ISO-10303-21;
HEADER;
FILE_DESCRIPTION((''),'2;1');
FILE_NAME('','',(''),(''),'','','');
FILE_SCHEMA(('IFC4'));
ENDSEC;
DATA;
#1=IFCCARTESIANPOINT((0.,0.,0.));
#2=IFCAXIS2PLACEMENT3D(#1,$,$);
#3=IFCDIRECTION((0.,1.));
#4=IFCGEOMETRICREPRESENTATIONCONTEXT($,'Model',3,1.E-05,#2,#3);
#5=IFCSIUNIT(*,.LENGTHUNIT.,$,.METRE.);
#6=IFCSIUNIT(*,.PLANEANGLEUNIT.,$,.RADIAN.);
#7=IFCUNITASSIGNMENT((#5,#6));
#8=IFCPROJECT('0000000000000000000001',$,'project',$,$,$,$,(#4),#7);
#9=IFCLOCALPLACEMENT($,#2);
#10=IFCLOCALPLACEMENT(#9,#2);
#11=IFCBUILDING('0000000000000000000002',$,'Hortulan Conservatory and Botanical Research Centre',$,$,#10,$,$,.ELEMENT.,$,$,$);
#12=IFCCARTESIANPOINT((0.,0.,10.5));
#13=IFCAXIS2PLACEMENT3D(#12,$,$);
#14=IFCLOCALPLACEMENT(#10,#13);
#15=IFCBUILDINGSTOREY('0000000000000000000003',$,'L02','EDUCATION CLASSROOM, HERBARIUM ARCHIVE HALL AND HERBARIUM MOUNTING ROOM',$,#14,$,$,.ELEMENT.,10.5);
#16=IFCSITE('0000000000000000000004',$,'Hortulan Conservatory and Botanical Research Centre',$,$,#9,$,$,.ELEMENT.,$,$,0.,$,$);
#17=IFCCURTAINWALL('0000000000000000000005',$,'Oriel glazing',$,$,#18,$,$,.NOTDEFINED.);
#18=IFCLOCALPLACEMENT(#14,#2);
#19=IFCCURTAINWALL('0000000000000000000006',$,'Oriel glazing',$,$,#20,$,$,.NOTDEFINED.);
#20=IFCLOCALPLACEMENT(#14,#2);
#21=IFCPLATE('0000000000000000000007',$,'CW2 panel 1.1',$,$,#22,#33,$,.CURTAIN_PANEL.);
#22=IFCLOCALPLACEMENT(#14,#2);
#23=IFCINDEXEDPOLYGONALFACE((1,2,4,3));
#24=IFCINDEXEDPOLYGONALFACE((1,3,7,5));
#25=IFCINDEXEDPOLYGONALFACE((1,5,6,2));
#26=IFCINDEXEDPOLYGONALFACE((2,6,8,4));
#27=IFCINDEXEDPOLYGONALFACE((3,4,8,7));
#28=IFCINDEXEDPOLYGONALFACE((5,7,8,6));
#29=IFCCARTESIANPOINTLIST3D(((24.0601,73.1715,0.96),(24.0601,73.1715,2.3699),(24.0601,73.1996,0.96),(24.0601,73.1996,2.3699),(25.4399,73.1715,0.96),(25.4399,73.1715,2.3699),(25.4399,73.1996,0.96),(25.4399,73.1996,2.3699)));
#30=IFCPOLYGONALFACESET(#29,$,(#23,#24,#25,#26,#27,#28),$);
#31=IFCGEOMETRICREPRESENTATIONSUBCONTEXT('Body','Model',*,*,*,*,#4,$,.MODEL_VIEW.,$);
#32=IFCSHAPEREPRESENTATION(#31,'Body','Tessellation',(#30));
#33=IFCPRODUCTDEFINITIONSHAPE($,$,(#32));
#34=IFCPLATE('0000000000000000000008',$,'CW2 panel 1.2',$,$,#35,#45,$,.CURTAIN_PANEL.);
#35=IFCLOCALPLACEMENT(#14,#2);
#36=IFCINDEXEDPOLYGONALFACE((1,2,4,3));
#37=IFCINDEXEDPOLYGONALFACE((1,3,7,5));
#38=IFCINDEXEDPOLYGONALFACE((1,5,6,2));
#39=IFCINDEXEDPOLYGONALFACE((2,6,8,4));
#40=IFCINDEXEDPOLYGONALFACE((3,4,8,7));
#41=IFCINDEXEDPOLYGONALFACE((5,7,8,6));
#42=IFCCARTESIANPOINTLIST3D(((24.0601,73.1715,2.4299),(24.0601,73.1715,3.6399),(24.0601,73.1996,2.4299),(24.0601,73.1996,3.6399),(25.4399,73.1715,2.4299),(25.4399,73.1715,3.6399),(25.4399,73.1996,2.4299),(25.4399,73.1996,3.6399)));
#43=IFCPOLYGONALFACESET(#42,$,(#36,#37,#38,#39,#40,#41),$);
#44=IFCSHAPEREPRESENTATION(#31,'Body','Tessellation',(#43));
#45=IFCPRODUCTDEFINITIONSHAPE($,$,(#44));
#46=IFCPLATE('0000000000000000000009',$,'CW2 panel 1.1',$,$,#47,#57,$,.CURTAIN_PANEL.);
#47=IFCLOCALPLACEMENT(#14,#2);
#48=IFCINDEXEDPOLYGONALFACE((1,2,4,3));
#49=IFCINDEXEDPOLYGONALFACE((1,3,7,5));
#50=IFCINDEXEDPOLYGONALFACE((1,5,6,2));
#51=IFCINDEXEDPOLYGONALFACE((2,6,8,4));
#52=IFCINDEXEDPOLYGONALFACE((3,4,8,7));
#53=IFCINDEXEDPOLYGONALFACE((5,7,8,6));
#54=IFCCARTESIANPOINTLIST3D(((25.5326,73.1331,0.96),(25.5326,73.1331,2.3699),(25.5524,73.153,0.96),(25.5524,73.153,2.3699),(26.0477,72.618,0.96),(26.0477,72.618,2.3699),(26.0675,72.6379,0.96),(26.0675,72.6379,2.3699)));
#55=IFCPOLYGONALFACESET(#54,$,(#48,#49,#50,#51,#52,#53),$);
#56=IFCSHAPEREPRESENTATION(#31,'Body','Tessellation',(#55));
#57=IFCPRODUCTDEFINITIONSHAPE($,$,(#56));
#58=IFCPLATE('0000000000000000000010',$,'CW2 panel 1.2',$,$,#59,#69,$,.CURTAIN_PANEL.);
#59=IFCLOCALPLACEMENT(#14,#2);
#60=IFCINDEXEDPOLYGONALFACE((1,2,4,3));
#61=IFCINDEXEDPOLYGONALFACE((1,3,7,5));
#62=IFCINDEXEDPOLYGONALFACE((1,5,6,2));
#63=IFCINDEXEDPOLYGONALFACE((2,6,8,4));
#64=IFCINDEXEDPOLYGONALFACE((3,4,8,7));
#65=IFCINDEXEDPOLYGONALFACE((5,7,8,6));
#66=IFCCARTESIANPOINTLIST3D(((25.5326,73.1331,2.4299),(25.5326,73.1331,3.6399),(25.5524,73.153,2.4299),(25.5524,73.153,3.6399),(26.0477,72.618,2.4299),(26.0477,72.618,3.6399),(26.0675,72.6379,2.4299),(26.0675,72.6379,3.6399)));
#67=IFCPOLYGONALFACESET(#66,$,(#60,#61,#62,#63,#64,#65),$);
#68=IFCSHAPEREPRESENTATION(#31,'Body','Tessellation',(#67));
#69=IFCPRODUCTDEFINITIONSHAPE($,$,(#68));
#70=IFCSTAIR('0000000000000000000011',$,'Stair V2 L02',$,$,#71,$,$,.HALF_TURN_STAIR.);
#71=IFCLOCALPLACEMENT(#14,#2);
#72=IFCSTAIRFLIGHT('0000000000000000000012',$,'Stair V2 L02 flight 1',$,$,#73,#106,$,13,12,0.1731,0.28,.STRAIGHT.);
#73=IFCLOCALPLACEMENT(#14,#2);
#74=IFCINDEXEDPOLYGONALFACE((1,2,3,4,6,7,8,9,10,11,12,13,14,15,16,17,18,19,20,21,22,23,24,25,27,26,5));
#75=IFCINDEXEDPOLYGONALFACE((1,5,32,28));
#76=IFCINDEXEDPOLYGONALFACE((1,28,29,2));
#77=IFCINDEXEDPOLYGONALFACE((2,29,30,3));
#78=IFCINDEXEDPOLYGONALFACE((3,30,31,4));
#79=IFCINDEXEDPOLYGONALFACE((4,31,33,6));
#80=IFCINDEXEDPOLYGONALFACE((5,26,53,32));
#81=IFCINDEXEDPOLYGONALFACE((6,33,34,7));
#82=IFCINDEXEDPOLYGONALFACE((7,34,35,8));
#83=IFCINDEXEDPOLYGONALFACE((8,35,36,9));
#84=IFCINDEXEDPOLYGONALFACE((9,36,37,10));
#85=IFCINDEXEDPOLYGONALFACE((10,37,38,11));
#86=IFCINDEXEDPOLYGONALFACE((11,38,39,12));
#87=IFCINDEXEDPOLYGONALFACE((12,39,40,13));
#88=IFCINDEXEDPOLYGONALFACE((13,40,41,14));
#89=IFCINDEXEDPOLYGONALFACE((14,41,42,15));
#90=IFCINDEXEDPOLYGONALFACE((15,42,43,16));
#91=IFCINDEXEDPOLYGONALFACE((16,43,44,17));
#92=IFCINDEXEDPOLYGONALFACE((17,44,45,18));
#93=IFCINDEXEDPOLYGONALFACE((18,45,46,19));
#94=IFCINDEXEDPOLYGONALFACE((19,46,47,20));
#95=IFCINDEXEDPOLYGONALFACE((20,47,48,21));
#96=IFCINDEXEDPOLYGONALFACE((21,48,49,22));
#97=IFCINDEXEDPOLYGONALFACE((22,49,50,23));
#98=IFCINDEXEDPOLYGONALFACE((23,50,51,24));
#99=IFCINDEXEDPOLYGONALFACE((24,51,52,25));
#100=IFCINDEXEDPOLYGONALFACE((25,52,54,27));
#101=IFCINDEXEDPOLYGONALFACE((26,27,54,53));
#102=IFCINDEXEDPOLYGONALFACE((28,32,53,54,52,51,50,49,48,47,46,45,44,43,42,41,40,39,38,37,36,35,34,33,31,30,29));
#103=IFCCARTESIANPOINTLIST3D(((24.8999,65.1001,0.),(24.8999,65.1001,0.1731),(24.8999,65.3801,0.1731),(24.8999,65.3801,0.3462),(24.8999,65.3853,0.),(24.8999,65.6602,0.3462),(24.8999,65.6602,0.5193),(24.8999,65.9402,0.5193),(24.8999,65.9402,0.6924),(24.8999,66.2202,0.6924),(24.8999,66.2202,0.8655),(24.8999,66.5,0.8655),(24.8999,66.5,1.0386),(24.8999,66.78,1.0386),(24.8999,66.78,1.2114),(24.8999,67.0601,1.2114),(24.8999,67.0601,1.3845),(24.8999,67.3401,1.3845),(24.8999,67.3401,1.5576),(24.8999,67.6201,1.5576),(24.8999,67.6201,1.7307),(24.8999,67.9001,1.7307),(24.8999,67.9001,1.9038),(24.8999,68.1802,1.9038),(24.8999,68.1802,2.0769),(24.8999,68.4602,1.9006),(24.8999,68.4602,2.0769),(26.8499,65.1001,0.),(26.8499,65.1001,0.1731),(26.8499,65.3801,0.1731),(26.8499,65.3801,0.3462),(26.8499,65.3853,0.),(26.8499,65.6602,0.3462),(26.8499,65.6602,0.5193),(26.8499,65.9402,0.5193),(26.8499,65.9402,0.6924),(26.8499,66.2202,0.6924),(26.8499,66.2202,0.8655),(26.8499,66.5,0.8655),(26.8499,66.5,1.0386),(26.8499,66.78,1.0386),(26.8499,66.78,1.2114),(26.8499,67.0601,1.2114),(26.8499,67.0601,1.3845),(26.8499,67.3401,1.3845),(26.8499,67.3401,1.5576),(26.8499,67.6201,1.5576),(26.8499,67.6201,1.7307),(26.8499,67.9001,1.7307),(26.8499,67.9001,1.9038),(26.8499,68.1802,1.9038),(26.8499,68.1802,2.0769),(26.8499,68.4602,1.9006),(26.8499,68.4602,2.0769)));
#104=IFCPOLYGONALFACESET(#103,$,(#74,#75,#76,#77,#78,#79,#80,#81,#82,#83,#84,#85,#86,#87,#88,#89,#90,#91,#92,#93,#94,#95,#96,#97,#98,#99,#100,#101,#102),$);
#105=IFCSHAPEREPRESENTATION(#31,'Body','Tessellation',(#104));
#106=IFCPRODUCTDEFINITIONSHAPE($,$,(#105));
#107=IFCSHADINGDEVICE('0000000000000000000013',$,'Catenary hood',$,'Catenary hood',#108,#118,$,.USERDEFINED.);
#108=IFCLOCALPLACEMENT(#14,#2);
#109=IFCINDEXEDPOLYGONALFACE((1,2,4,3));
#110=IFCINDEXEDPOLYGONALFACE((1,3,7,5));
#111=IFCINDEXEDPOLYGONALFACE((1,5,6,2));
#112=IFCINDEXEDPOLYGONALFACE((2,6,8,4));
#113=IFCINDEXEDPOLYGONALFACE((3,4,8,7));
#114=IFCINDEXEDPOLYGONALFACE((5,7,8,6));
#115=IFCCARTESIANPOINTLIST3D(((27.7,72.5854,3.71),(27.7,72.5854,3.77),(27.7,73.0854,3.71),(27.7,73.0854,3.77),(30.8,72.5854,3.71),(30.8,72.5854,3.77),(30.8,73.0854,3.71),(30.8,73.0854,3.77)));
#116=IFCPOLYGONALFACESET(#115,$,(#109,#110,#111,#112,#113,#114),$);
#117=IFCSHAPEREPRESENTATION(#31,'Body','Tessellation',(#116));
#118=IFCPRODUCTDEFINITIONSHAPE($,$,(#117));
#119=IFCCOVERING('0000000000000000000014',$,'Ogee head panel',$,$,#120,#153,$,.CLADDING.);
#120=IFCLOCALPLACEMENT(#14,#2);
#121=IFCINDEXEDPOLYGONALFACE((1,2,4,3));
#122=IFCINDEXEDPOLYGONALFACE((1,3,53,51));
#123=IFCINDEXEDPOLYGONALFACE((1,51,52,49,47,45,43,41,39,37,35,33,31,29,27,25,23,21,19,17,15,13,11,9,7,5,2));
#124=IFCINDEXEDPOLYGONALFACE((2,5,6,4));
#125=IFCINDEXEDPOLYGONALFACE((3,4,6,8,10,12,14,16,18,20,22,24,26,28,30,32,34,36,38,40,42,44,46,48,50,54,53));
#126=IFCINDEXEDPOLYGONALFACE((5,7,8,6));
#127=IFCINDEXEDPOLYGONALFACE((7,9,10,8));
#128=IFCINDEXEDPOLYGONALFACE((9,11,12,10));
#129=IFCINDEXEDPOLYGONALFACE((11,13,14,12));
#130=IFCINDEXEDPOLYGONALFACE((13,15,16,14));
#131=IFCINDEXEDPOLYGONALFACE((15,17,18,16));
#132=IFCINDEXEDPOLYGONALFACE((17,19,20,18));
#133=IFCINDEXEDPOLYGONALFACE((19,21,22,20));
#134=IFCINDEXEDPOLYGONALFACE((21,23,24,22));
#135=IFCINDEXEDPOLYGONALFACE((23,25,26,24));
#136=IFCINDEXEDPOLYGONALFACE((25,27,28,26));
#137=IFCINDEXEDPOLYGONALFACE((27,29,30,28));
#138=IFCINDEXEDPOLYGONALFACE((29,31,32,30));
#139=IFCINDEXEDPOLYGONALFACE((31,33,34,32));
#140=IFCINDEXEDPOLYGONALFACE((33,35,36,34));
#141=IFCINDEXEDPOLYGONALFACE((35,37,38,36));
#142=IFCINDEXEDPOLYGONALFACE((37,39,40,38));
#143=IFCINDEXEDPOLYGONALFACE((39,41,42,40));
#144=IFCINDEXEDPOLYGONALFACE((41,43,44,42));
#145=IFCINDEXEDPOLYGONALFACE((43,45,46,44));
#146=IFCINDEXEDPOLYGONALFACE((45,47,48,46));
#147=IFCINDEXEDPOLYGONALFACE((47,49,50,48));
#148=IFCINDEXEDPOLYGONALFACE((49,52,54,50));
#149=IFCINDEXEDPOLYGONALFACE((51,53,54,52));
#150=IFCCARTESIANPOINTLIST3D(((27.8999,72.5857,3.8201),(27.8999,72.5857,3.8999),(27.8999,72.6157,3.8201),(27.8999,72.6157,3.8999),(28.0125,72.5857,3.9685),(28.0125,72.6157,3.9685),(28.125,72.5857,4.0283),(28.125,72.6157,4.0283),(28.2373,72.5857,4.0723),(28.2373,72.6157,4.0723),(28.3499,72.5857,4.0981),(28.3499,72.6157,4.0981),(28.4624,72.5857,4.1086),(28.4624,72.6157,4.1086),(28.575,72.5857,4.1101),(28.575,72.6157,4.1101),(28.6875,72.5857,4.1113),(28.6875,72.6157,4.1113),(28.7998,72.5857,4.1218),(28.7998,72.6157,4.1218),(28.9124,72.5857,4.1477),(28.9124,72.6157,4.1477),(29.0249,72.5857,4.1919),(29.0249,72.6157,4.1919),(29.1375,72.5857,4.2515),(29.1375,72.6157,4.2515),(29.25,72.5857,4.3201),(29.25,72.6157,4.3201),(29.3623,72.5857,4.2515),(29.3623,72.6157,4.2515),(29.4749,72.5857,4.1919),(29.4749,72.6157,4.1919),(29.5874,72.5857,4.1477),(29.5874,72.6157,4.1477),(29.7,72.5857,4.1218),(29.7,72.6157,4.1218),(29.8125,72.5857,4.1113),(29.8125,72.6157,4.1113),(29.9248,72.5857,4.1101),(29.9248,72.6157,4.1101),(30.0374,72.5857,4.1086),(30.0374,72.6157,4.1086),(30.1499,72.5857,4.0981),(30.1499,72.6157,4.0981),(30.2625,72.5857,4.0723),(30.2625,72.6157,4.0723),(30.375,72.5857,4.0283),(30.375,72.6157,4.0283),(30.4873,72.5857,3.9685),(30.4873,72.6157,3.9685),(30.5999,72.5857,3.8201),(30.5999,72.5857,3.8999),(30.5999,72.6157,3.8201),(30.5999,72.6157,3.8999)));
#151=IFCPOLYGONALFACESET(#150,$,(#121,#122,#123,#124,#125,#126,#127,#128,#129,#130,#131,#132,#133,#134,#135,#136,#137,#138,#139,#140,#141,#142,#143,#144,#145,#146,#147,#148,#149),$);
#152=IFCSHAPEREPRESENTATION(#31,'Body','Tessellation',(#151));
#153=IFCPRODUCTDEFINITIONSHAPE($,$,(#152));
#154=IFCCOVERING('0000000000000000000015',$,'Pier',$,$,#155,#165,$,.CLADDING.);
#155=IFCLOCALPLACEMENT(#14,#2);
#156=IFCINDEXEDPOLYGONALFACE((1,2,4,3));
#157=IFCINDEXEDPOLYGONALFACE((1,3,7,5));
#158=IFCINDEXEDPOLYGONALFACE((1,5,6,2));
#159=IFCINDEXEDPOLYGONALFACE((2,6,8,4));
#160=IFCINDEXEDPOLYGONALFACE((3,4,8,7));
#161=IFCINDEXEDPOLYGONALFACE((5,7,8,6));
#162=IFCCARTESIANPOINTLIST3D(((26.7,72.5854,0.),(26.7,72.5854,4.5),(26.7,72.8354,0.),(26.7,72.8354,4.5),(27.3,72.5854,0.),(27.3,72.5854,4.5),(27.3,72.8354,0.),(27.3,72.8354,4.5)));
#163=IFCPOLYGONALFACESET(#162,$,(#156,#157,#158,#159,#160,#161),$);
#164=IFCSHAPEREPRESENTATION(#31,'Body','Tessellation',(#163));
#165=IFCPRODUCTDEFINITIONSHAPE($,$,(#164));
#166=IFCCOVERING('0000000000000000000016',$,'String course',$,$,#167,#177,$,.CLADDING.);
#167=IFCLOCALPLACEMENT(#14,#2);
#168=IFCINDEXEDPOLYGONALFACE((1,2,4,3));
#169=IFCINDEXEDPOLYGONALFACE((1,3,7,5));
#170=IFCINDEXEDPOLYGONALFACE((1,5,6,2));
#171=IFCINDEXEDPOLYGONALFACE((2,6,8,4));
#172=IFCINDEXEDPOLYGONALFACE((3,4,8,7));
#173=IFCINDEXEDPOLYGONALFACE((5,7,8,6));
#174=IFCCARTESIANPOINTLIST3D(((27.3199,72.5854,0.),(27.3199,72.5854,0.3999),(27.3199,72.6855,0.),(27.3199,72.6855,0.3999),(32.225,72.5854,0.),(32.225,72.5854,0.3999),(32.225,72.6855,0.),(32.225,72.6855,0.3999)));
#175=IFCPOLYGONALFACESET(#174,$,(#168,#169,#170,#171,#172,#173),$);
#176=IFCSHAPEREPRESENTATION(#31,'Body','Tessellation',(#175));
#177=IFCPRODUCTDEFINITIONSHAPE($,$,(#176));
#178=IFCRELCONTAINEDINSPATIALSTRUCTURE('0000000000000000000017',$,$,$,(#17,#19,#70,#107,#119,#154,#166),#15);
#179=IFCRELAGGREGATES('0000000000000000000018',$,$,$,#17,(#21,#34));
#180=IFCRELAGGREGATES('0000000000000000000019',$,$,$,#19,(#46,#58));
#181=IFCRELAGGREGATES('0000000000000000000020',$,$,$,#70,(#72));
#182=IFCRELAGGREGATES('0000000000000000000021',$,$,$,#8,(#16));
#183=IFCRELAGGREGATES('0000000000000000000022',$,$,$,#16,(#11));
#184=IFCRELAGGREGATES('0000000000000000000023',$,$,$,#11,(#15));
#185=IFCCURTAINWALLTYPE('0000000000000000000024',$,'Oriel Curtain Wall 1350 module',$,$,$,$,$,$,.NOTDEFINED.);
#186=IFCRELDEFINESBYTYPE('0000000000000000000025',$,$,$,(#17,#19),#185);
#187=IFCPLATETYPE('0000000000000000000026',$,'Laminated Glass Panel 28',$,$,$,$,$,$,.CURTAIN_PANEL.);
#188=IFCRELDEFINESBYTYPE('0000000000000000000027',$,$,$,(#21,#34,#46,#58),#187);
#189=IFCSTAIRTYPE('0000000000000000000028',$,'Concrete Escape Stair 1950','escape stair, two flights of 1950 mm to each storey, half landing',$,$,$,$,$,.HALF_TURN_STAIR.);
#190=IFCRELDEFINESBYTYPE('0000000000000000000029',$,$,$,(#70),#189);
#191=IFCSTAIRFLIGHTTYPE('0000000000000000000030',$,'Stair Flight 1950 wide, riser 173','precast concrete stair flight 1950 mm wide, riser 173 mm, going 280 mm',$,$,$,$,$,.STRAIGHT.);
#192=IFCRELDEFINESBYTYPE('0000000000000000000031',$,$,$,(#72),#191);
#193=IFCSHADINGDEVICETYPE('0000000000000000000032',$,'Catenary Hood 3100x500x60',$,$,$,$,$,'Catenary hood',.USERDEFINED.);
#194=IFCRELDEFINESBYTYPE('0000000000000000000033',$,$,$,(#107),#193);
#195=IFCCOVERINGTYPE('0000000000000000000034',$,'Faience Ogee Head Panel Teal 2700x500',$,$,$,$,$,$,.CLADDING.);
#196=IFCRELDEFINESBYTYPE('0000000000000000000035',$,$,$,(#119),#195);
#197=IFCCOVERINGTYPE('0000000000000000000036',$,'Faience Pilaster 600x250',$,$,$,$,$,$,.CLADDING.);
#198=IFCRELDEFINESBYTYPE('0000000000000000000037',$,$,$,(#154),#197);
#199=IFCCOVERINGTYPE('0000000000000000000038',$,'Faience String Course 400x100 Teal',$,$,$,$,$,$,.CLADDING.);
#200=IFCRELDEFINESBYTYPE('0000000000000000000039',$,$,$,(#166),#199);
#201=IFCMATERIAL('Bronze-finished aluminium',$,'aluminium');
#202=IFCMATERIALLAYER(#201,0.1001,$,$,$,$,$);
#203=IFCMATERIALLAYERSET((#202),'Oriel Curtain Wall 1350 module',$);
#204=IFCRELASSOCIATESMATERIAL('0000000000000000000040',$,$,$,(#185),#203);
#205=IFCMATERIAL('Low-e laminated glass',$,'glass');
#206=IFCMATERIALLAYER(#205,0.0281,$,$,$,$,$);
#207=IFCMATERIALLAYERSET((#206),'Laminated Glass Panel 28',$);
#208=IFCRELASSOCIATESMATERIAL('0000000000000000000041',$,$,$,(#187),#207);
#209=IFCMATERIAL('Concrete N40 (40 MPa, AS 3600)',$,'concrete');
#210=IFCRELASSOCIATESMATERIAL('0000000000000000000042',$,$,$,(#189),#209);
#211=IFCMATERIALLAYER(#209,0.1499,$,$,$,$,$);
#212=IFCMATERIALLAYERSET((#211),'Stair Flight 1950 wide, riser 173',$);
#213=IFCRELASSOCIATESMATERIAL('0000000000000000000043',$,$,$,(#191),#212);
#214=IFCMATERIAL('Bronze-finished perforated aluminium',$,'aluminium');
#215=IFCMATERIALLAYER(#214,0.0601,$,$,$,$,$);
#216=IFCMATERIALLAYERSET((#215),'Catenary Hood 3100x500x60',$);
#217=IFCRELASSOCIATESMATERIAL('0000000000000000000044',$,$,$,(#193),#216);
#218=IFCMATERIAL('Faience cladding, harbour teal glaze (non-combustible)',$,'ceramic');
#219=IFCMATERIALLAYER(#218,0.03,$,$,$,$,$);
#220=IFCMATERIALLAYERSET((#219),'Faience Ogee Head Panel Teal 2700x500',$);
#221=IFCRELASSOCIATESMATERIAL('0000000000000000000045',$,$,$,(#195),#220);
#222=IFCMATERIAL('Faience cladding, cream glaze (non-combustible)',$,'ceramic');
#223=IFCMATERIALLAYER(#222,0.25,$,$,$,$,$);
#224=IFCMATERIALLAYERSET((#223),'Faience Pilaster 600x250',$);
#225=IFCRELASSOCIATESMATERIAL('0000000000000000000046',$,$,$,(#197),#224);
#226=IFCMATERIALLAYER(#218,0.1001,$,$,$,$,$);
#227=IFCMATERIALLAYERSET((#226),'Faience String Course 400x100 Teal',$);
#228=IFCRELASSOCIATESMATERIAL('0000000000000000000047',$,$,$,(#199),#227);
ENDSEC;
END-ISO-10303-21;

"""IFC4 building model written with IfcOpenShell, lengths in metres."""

from ifc_helpers import new_model, si_unit, direction, frame, origin, origin_2d, place, context, subcontext, project, spatial, polyline, rectangle, outline, extrude, material, layer, layer_set, type_object, element, aggregate, save


model = new_model("IFC4")

# Units and contexts
model_context = context("Model", 3, precision=1e-05, world=origin(), true_north=direction((0.0, 1.0)))
body_context = subcontext(model_context, "Body", "Model", "MODEL_VIEW")
ifc_project = project(units=[si_unit("LENGTHUNIT", "METRE"), si_unit("PLANEANGLEUNIT", "RADIAN")], contexts=[model_context])

# Site, building, storey
site_placement = place(None, origin())
site = spatial("IfcSite", under=ifc_project, at=site_placement, Name="Hortulan Conservatory and Botanical Research Centre", CompositionType="ELEMENT", RefElevation=0.0)
building_placement = place(site_placement, origin())
building = spatial("IfcBuilding", under=site, at=building_placement, Name="Hortulan Conservatory and Botanical Research Centre", CompositionType="ELEMENT")
storey_placement = place(building_placement, frame((0.0, 0.0, 10.5)))
storey = spatial("IfcBuildingStorey", under=building, at=storey_placement, Name="L02", Description="EDUCATION CLASSROOM, HERBARIUM ARCHIVE HALL AND HERBARIUM MOUNTING ROOM", CompositionType="ELEMENT", Elevation=10.5)

# Curtain wall
ifc_material_1 = material(Name="Bronze-finished aluminium", Category="aluminium")
ifc_layer_1 = layer(ifc_material_1, 0.1001)
ifc_layer_set_1 = layer_set([ifc_layer_1], Name="Oriel Curtain Wall 1350 module")
curtain_wall_type = type_object("IfcCurtainWallType", Name="Oriel Curtain Wall 1350 module", PredefinedType="NOTDEFINED", material=ifc_layer_set_1)
curtain_wall_1_placement = place(storey_placement, origin())
curtain_wall_1 = element("IfcCurtainWall", 1, at=curtain_wall_1_placement, inside=storey, type_object=curtain_wall_type, Name="Oriel glazing", PredefinedType="NOTDEFINED")

# Curtain wall
curtain_wall_2_placement = place(storey_placement, origin())
curtain_wall_2 = element("IfcCurtainWall", 2, at=curtain_wall_2_placement, inside=storey, type_object=curtain_wall_type, Name="Oriel glazing", PredefinedType="NOTDEFINED")

# Plates
ifc_material_2 = material(Name="Low-e laminated glass", Category="glass")
ifc_layer_2 = layer(ifc_material_2, 0.0281)
ifc_layer_set_2 = layer_set([ifc_layer_2], Name="Laminated Glass Panel 28")
plate_type = type_object("IfcPlateType", Name="Laminated Glass Panel 28", PredefinedType="CURTAIN_PANEL", material=ifc_layer_set_2)
plate_1_placement = place(storey_placement, frame((24.75, 73.1855, 0.96), z_axis=(0.0, 0.0, 1.0), x_axis=(1.0, 0.0, 0.0)))
plate_1 = element("IfcPlate", 3, at=plate_1_placement, type_object=plate_type, Name="CW2 panel 1.1", PredefinedType="CURTAIN_PANEL", context=body_context, shape_type="SweptSolid", body=[
    extrude(rectangle(XDim=1.3799, YDim=0.0281, at=origin_2d()), origin(), (0.0, 0.0, 1.0), 1.4099),
])
plate_2_placement = place(storey_placement, frame((24.75, 73.1855, 2.4299), z_axis=(0.0, 0.0, 1.0), x_axis=(1.0, 0.0, 0.0)))
plate_2 = element("IfcPlate", 4, at=plate_2_placement, type_object=plate_type, Name="CW2 panel 1.2", PredefinedType="CURTAIN_PANEL", context=body_context, shape_type="SweptSolid", body=[
    extrude(rectangle(XDim=1.3799, YDim=0.0281, at=origin_2d()), origin(), (0.0, 0.0, 1.0), 1.21),
])
aggregate(curtain_wall_1, [plate_1, plate_2])
plate_3_placement = place(storey_placement, frame((25.8, 72.8855, 0.96), z_axis=(0.0, 0.0, 1.0), x_axis=(0.707107, -0.707107, 0.0)))
plate_3 = element("IfcPlate", 5, at=plate_3_placement, type_object=plate_type, Name="CW2 panel 1.1", PredefinedType="CURTAIN_PANEL", context=body_context, shape_type="SweptSolid", body=[
    extrude(rectangle(XDim=0.7285, YDim=0.0281, at=origin_2d()), origin(), (0.0, 0.0, 1.0), 1.4099),
])
plate_4_placement = place(storey_placement, frame((25.8, 72.8855, 2.4299), z_axis=(0.0, 0.0, 1.0), x_axis=(0.707107, -0.707107, 0.0)))
plate_4 = element("IfcPlate", 6, at=plate_4_placement, type_object=plate_type, Name="CW2 panel 1.2", PredefinedType="CURTAIN_PANEL", context=body_context, shape_type="SweptSolid", body=[
    extrude(rectangle(XDim=0.7285, YDim=0.0281, at=origin_2d()), origin(), (0.0, 0.0, 1.0), 1.21),
])
aggregate(curtain_wall_2, [plate_3, plate_4])

# Stair, stair flight
ifc_material_3 = material(Name="Concrete N40 (40 MPa, AS 3600)", Category="concrete")
stair_type = type_object("IfcStairType", Name="Concrete Escape Stair 1950", Description="escape stair, two flights of 1950 mm to each storey, half landing", PredefinedType="HALF_TURN_STAIR", material=ifc_material_3)
stair_placement = place(storey_placement, origin())
stair = element("IfcStair", 7, at=stair_placement, inside=storey, type_object=stair_type, Name="Stair V2 L02", PredefinedType="HALF_TURN_STAIR")
ifc_layer_3 = layer(ifc_material_3, 0.1499)
ifc_layer_set_3 = layer_set([ifc_layer_3], Name="Stair Flight 1950 wide, riser 173")
stair_flight_type = type_object("IfcStairFlightType", Name="Stair Flight 1950 wide, riser 173", Description="precast concrete stair flight 1950 mm wide, riser 173 mm, going 280 mm", PredefinedType="STRAIGHT", material=ifc_layer_set_3)
stair_flight_placement = place(storey_placement, frame((25.875, 65.1001, 0.0), z_axis=(0.0, 0.0, 1.0), x_axis=(0.0, 1.0, 0.0)))
stair_flight = element("IfcStairFlight", 8, at=stair_flight_placement, type_object=stair_flight_type, Name="Stair V2 L02 flight 1", NumberOfRisers=13, NumberOfTreads=12, PredefinedType="STRAIGHT", RiserHeight=0.1731, TreadLength=0.28, context=body_context, shape_type="SweptSolid", body=[
    extrude(outline(polyline([(0.0, 0.0), (0.0, 0.1731), (0.28, 0.1731), (0.28, 0.3462), (0.5601, 0.3462), (0.5601, 0.5193), (0.8401, 0.5193), (0.8401, 0.6924), (1.1201, 0.6924), (1.1201, 0.8655), (1.3999, 0.8655), (1.3999, 1.0386), (1.6799, 1.0386), (1.6799, 1.2114), (1.96, 1.2114), (1.96, 1.3845), (2.24, 1.3845), (2.24, 1.5576), (2.52, 1.5576), (2.52, 1.7307), (2.8, 1.7307), (2.8, 1.9038), (3.0801, 1.9038), (3.0801, 2.0769), (3.3601, 2.0769), (3.3601, 2.25), (3.3601, 1.9006), (0.2852, 0.0), (0.0, 0.0)])), frame((0.0, 0.9751, 0.0), z_axis=(0.0, -1.0, 0.0), x_axis=(1.0, 0.0, 0.0)), (0.0, 0.0, 1.0), 1.95),
])
aggregate(stair, [stair_flight])

# Shading device
ifc_material_4 = material(Name="Bronze-finished perforated aluminium", Category="aluminium")
ifc_layer_4 = layer(ifc_material_4, 0.0601)
ifc_layer_set_4 = layer_set([ifc_layer_4], Name="Catenary Hood 3100x500x60")
shading_device_type = type_object("IfcShadingDeviceType", Name="Catenary Hood 3100x500x60", ElementType="Catenary hood", PredefinedType="USERDEFINED", material=ifc_layer_set_4)
shading_device_placement = place(storey_placement, frame((29.25, 72.8354, 3.71), z_axis=(0.0, 0.0, 1.0), x_axis=(1.0, 0.0, 0.0)))
element("IfcShadingDevice", 9, at=shading_device_placement, inside=storey, type_object=shading_device_type, Name="Catenary hood", ObjectType="Catenary hood", PredefinedType="USERDEFINED", context=body_context, shape_type="SweptSolid", body=[
    extrude(rectangle(XDim=3.1001, YDim=0.5, at=origin_2d()), origin(), (0.0, 0.0, 1.0), 0.0601),
])

# Coverings
ifc_material_5 = material(Name="Faience cladding, harbour teal glaze (non-combustible)", Category="ceramic")
ifc_layer_5 = layer(ifc_material_5, 0.03)
ifc_layer_set_5 = layer_set([ifc_layer_5], Name="Faience Ogee Head Panel Teal 2700x500")
covering_type_1 = type_object("IfcCoveringType", Name="Faience Ogee Head Panel Teal 2700x500", PredefinedType="CLADDING", material=ifc_layer_set_5)
covering_1_placement = place(storey_placement, frame((27.8999, 72.6006, 3.8201), z_axis=(0.0, 0.0, 1.0), x_axis=(1.0, 0.0, 0.0)))
element("IfcCovering", 10, at=covering_1_placement, inside=storey, type_object=covering_type_1, Name="Ogee head panel", PredefinedType="CLADDING", context=body_context, shape_type="SweptSolid", body=[
    extrude(outline(polyline([(0.0, 0.0), (2.7, 0.0), (2.7, 0.0798), (2.5874, 0.1484), (2.4751, 0.2083), (2.3625, 0.2522), (2.25, 0.2781), (2.1375, 0.2886), (2.0249, 0.29), (1.9126, 0.2913), (1.8, 0.3018), (1.6875, 0.3276), (1.575, 0.3718), (1.4624, 0.4314), (1.3501, 0.5), (1.2375, 0.4314), (1.125, 0.3718), (1.0125, 0.3276), (0.8999, 0.3018), (0.7876, 0.2913), (0.675, 0.29), (0.5625, 0.2886), (0.45, 0.2781), (0.3374, 0.2522), (0.2251, 0.2083), (0.1125, 0.1484), (0.0, 0.0798), (0.0, 0.0)])), frame((0.0, 0.0151, 0.0), z_axis=(0.0, -1.0, 0.0), x_axis=(1.0, 0.0, 0.0)), (0.0, 0.0, 1.0), 0.03),
])
ifc_material_6 = material(Name="Faience cladding, cream glaze (non-combustible)", Category="ceramic")
ifc_layer_6 = layer(ifc_material_6, 0.25)
ifc_layer_set_6 = layer_set([ifc_layer_6], Name="Faience Pilaster 600x250")
covering_type_2 = type_object("IfcCoveringType", Name="Faience Pilaster 600x250", PredefinedType="CLADDING", material=ifc_layer_set_6)
covering_2_placement = place(storey_placement, frame((27.0, 72.7104, 0.0), z_axis=(0.0, 0.0, 1.0), x_axis=(1.0, 0.0, 0.0)))
element("IfcCovering", 11, at=covering_2_placement, inside=storey, type_object=covering_type_2, Name="Pier", PredefinedType="CLADDING", context=body_context, shape_type="SweptSolid", body=[
    extrude(rectangle(XDim=0.6001, YDim=0.25, at=origin_2d()), origin(), (0.0, 0.0, 1.0), 4.5),
])
ifc_layer_7 = layer(ifc_material_5, 0.1001)
ifc_layer_set_7 = layer_set([ifc_layer_7], Name="Faience String Course 400x100 Teal")
covering_type_3 = type_object("IfcCoveringType", Name="Faience String Course 400x100 Teal", PredefinedType="CLADDING", material=ifc_layer_set_7)
covering_3_placement = place(storey_placement, frame((29.7725, 72.6355, 0.0), z_axis=(0.0, 0.0, 1.0), x_axis=(1.0, 0.0, 0.0)))
element("IfcCovering", 12, at=covering_3_placement, inside=storey, type_object=covering_type_3, Name="String course", PredefinedType="CLADDING", context=body_context, shape_type="SweptSolid", body=[
    extrude(rectangle(XDim=4.905, YDim=0.1001, at=origin_2d()), origin(), (0.0, 0.0, 1.0), 0.3999),
])

save(model, "model.ifc")
